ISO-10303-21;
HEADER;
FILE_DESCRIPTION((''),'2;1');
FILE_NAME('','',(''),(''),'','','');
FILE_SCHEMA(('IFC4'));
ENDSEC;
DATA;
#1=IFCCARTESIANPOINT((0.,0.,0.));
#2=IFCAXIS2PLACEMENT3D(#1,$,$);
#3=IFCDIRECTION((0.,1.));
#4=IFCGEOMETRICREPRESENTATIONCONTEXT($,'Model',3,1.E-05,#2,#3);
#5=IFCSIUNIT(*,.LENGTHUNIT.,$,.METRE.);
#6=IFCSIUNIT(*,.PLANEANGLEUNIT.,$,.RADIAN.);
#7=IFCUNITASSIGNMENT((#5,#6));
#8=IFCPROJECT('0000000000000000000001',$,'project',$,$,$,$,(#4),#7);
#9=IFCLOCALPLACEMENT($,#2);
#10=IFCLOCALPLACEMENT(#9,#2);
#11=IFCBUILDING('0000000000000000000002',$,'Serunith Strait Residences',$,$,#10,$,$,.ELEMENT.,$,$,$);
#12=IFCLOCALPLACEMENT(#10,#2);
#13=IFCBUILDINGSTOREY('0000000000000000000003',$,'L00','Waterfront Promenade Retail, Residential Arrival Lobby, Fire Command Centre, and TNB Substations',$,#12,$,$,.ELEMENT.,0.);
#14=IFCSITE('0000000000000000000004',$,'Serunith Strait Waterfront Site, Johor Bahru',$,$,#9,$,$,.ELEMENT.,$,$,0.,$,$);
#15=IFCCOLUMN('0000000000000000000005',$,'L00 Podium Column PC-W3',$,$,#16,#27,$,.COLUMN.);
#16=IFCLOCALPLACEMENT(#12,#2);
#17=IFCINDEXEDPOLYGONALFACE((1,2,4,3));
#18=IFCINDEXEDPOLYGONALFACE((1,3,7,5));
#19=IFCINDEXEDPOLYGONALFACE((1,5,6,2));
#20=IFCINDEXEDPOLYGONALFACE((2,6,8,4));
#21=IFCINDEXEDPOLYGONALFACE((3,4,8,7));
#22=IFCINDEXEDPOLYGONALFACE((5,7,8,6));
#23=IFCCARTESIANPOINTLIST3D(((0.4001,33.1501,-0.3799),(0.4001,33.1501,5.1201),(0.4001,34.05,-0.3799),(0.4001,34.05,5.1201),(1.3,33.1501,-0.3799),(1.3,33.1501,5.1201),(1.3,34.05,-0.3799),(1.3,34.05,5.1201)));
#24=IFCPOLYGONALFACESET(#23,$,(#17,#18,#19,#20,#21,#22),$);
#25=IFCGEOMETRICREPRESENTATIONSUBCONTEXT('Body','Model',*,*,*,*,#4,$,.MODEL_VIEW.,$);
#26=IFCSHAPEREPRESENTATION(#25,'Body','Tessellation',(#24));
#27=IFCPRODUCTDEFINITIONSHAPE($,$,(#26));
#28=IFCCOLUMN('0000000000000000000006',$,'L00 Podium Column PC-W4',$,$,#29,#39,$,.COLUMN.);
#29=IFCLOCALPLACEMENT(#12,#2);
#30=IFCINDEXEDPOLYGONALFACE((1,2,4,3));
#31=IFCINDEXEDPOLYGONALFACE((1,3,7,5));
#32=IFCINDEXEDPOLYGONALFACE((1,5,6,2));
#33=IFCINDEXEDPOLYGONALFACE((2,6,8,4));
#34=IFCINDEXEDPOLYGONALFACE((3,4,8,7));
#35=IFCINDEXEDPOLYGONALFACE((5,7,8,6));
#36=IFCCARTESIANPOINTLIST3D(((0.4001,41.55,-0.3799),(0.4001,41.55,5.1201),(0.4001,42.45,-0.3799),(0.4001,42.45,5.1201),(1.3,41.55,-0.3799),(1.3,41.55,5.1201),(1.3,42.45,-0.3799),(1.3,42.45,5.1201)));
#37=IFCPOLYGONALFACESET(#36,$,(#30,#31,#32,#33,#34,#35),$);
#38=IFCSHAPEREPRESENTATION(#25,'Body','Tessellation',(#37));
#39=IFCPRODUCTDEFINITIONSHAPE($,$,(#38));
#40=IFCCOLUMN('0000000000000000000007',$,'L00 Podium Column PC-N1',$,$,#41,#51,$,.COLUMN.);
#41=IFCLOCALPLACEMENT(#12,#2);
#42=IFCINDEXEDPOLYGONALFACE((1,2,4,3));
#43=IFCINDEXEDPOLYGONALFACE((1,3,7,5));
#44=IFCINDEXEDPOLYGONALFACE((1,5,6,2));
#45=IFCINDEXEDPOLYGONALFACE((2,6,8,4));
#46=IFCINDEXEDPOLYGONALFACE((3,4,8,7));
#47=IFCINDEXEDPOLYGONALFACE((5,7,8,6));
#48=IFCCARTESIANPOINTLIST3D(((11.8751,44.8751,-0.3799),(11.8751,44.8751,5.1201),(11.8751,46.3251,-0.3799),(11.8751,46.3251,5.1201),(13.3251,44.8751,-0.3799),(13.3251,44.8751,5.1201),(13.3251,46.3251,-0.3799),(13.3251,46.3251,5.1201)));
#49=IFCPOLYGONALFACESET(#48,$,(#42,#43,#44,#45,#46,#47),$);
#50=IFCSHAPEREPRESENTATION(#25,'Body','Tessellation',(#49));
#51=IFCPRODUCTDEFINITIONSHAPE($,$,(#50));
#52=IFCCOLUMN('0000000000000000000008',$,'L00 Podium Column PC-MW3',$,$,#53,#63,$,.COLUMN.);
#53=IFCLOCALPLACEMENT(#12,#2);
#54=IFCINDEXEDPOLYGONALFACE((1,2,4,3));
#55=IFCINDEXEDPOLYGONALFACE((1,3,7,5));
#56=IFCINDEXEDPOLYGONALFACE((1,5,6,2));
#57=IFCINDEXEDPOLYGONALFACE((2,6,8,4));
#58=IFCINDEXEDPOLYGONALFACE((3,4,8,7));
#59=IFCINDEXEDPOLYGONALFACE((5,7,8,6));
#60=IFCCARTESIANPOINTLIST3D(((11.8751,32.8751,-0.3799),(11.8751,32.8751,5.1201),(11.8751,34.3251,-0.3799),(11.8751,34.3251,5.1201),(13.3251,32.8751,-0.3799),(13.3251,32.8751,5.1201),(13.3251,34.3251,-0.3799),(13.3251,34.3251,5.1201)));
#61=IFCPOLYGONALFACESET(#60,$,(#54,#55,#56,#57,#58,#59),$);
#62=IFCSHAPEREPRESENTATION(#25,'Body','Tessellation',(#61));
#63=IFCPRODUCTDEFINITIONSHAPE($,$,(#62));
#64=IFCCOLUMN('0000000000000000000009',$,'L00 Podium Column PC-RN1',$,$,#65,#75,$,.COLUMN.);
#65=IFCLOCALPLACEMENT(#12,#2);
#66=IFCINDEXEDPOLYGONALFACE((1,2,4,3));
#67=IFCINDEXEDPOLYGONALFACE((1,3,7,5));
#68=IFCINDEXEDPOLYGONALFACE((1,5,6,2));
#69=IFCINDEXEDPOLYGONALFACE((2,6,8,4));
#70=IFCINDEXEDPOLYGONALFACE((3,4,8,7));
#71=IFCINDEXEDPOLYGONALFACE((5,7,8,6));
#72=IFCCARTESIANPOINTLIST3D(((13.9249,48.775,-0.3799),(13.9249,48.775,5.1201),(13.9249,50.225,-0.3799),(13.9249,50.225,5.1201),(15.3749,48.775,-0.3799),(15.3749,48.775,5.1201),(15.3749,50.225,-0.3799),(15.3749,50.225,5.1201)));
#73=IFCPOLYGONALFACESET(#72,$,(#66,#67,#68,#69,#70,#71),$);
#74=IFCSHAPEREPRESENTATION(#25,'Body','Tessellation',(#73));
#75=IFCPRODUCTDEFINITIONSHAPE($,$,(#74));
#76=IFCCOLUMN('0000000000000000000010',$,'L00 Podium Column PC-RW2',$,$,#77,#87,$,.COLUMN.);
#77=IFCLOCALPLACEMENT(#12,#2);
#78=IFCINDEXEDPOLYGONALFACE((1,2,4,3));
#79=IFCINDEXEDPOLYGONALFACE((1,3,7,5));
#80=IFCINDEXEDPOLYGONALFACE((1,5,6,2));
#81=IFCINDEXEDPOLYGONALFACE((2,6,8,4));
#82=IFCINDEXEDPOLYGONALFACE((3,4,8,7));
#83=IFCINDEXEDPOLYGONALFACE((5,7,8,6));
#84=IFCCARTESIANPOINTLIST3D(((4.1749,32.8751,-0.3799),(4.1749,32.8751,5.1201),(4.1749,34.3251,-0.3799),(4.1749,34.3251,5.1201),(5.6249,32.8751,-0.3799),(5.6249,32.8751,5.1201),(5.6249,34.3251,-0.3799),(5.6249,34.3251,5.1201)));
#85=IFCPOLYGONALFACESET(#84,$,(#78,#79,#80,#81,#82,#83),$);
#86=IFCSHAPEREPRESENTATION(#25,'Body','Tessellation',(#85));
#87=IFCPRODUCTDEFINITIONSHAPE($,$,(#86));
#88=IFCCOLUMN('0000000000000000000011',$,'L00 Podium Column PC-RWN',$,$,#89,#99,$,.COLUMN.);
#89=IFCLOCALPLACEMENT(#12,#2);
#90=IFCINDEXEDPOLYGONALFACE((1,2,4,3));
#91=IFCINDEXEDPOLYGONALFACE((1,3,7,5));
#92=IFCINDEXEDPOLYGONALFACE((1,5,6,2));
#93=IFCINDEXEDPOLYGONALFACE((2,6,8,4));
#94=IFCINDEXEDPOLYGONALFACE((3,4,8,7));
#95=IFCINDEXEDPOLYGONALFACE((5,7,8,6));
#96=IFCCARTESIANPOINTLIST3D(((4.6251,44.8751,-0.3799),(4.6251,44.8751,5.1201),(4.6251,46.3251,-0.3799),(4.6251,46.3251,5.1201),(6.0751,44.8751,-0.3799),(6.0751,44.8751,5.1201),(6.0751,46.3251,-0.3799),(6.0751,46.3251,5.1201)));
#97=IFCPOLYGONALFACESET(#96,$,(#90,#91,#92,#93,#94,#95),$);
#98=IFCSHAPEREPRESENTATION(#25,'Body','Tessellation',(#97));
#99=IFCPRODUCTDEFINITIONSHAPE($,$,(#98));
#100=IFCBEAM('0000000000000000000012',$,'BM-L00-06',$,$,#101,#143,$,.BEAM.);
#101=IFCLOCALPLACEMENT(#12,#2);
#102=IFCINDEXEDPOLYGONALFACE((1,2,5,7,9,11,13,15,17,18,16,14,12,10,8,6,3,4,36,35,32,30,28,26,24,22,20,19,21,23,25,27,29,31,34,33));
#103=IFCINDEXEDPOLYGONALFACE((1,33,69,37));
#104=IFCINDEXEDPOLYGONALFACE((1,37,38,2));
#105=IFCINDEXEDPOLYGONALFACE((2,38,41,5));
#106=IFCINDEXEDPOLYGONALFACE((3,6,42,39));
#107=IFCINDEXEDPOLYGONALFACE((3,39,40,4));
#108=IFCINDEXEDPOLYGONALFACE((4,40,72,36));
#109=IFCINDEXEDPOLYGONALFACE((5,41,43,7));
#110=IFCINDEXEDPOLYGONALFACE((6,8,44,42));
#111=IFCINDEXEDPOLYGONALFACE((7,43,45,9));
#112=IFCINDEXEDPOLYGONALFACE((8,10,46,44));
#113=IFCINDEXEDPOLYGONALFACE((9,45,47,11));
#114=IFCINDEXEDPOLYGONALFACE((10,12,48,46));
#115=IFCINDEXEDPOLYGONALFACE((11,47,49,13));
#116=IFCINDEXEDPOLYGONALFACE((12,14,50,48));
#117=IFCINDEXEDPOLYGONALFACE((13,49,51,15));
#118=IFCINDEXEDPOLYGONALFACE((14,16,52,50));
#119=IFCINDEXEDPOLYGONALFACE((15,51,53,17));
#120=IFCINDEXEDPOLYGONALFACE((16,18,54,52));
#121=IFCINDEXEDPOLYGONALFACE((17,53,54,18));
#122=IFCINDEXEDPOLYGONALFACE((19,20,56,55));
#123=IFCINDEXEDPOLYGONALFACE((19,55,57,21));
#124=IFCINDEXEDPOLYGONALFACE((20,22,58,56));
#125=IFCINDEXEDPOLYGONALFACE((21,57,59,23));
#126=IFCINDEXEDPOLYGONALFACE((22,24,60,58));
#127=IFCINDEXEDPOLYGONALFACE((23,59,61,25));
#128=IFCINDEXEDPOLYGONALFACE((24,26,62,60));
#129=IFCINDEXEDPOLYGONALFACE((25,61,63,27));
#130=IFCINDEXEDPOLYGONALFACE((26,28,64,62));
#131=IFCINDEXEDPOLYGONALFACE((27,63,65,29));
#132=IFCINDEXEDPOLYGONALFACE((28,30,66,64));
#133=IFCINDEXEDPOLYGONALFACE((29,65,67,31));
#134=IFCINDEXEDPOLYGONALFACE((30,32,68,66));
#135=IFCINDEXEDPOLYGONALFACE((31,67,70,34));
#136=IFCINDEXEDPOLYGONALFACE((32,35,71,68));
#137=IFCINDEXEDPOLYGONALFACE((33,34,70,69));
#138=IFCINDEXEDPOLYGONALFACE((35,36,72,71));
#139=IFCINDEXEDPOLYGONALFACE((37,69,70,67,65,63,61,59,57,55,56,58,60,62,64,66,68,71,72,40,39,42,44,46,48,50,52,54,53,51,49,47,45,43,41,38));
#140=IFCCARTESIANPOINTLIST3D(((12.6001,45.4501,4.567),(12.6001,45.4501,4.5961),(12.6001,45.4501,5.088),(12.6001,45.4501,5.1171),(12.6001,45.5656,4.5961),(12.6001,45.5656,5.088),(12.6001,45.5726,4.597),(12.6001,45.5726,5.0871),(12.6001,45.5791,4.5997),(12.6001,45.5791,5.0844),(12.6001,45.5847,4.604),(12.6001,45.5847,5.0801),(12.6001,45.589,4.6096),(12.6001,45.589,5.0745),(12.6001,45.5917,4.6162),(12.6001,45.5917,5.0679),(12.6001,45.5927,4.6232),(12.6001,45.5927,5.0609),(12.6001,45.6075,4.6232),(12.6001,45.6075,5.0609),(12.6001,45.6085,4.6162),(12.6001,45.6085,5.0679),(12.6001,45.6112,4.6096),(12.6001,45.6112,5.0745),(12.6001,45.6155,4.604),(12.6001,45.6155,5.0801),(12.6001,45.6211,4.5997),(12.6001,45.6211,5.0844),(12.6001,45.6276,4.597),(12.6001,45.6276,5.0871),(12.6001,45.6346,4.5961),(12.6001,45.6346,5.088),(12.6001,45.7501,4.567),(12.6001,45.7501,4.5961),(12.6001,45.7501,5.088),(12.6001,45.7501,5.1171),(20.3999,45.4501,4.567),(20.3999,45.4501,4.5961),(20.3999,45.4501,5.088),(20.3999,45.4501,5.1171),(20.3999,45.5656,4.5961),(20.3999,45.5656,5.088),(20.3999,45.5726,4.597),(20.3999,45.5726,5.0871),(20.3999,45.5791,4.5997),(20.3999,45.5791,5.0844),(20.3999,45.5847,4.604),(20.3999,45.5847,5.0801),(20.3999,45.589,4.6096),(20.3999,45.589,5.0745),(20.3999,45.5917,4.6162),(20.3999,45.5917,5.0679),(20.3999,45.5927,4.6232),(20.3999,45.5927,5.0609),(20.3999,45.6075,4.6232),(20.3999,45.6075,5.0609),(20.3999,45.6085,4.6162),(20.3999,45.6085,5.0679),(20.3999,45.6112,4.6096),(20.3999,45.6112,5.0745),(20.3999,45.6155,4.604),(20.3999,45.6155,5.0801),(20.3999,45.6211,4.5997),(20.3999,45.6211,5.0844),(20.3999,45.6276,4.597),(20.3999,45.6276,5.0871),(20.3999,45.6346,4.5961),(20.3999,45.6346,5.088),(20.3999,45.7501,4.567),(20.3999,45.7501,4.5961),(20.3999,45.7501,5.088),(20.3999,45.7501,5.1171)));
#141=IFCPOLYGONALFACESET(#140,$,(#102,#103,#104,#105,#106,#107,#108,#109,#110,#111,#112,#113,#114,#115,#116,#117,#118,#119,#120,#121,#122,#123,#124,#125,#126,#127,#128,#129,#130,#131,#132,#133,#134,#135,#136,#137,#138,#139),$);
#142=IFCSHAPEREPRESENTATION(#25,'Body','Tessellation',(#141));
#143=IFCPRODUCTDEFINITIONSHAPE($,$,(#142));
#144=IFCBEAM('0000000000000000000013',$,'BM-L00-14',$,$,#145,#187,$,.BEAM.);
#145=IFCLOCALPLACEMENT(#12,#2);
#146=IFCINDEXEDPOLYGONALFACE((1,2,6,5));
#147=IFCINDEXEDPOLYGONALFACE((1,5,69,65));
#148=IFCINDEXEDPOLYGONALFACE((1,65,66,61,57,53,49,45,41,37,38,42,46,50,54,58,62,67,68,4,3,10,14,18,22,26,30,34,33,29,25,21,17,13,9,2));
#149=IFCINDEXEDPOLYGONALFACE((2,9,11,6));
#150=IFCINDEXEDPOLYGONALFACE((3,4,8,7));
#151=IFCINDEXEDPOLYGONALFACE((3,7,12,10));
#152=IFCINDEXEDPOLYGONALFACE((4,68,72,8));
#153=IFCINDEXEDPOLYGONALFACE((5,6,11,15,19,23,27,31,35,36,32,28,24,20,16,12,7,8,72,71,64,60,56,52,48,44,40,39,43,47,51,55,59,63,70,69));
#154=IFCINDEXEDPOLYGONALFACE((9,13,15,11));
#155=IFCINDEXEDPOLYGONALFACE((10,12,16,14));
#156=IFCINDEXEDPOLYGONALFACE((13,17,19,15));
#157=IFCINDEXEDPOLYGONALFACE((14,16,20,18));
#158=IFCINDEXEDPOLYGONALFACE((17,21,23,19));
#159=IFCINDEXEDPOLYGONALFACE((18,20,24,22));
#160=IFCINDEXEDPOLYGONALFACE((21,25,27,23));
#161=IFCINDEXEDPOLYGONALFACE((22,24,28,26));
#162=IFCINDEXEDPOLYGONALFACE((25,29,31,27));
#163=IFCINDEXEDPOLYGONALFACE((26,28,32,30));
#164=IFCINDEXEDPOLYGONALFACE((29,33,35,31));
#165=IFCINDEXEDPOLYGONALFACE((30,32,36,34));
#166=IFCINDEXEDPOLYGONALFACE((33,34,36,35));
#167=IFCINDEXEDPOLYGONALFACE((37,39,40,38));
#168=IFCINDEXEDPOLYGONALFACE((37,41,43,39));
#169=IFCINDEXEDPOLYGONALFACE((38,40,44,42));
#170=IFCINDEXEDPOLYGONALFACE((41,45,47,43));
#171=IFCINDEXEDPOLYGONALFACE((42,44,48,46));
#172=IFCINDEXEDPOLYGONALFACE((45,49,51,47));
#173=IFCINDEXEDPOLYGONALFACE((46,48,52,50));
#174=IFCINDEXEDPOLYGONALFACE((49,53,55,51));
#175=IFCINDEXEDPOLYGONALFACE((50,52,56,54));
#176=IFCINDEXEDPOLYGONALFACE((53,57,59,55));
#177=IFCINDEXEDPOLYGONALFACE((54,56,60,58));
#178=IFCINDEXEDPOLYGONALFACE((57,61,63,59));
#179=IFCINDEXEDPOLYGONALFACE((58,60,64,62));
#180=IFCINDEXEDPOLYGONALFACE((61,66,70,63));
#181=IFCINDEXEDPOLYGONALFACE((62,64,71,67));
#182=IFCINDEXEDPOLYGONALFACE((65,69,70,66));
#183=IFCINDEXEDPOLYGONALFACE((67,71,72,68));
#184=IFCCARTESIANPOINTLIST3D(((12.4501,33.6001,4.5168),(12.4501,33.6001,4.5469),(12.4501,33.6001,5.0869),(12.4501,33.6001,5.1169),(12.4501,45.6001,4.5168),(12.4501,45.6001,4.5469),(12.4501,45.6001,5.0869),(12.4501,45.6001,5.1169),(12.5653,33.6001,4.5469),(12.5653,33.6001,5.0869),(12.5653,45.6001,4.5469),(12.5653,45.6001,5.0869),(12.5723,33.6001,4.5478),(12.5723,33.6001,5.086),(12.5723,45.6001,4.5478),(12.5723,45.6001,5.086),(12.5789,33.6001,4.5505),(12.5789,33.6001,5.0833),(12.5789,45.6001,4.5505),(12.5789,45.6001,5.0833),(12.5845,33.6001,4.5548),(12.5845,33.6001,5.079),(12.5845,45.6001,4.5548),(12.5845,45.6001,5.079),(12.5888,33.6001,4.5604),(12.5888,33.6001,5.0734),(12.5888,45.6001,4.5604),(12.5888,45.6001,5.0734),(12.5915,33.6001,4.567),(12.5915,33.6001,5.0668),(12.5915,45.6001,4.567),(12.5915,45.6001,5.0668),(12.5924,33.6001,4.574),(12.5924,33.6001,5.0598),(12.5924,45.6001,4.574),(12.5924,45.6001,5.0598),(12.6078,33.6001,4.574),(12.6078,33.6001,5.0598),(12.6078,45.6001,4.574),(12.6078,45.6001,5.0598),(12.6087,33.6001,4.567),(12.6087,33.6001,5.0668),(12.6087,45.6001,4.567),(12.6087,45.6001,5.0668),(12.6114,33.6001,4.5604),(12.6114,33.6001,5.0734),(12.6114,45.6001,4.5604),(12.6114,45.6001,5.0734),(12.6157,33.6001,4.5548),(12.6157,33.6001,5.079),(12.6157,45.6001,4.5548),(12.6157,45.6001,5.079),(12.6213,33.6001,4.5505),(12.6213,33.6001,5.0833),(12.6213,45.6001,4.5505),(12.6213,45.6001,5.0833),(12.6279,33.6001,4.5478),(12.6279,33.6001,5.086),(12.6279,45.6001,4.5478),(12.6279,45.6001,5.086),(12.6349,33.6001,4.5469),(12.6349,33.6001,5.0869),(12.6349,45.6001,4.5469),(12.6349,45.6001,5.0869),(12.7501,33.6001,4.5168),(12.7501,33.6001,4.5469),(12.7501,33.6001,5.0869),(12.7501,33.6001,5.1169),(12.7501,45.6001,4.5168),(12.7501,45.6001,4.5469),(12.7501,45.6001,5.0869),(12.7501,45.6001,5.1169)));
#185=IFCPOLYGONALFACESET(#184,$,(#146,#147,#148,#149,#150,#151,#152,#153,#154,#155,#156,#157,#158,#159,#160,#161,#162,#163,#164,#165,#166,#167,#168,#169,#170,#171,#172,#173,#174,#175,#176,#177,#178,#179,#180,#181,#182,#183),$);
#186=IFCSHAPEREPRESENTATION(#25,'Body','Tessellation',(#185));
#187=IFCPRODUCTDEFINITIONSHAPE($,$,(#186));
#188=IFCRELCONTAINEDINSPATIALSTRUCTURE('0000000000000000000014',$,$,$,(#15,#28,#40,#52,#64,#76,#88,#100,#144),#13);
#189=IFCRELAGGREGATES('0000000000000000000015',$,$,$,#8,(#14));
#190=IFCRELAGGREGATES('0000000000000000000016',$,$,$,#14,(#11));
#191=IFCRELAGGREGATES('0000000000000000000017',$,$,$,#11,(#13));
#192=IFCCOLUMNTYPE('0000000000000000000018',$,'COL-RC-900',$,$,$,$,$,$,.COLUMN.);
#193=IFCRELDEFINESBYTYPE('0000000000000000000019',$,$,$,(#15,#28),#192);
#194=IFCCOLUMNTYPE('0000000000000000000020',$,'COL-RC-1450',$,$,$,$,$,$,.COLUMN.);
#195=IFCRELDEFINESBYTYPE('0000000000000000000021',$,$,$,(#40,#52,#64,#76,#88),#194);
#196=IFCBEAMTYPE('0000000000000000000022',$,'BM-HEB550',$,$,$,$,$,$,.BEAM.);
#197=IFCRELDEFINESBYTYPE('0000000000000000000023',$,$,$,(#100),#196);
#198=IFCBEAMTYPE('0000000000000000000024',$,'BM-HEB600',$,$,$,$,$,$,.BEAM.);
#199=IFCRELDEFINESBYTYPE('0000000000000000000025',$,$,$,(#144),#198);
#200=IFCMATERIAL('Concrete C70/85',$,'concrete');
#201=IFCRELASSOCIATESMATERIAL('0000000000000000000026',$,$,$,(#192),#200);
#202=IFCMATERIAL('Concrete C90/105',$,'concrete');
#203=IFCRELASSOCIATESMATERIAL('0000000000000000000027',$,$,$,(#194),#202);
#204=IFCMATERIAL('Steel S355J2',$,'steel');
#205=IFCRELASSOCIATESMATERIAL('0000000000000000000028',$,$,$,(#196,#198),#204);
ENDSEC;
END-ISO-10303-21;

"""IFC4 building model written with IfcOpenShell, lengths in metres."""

from ifc_helpers import new_model, si_unit, direction, frame, origin, origin_2d, place, context, subcontext, project, spatial, rectangle, i_section, extrude, source, transform, mapped, material, material_profile, profile_set, type_object, element, save


model = new_model("IFC4")

# Units and contexts
model_context = context("Model", 3, precision=1e-05, world=origin(), true_north=direction((0.0, 1.0)))
body_context = subcontext(model_context, "Body", "Model", "MODEL_VIEW")
ifc_project = project(units=[si_unit("LENGTHUNIT", "METRE"), si_unit("PLANEANGLEUNIT", "RADIAN")], contexts=[model_context])

# Site, building, storey
site_placement = place(None, origin())
site = spatial("IfcSite", under=ifc_project, at=site_placement, Name="Serunith Strait Waterfront Site, Johor Bahru", CompositionType="ELEMENT", RefElevation=0.0)
building_placement = place(site_placement, origin())
building = spatial("IfcBuilding", under=site, at=building_placement, Name="Serunith Strait Residences", CompositionType="ELEMENT")
storey_placement = place(building_placement, origin())
storey = spatial("IfcBuildingStorey", under=building, at=storey_placement, Name="L00", Description="Waterfront Promenade Retail, Residential Arrival Lobby, Fire Command Centre, and TNB Substations", CompositionType="ELEMENT", Elevation=0.0)

# Columns
ifc_material_1 = material(Name="Concrete C70/85", Category="concrete")
ifc_material_profile_1 = material_profile(ifc_material_1, rectangle(XDim=0.8999, YDim=0.8999, at=origin_2d()), Name="RC 900x900")
ifc_profile_set_1 = profile_set([ifc_material_profile_1], Name="Concrete C70/85")
column_type_1 = type_object("IfcColumnType", Name="COL-RC-900", PredefinedType="COLUMN", material=ifc_profile_set_1)
shared_shape_1 = source(origin(), body_context, "Body", "SweptSolid", [
    extrude(rectangle(XDim=0.8999, YDim=0.8999, at=origin_2d()), origin(), (0.0, 0.0, 1.0), 5.5),
])
for number, where, z_axis, x_axis, name in (
    (1, (0.8501, 33.6001, -0.3799), (0.0, 0.0, 1.0), (1.0, 0.0, 0.0), "L00 Podium Column PC-W3"),
    (2, (0.8501, 42.0, -0.3799), (0.0, 0.0, 1.0), (1.0, 0.0, 0.0), "L00 Podium Column PC-W4"),
):
    element("IfcColumn", number, at=place(storey_placement, frame(where, z_axis=z_axis, x_axis=x_axis)), inside=storey, type_object=column_type_1, Name=name, PredefinedType="COLUMN", context=body_context, shape_type="MappedRepresentation", body=[
        mapped(shared_shape_1, transform((0.0, 0.0, 0.0), scale=1.0)),
    ])
ifc_material_2 = material(Name="Concrete C90/105", Category="concrete")
ifc_material_profile_2 = material_profile(ifc_material_2, rectangle(XDim=1.45, YDim=1.45, at=origin_2d()), Name="RC 1450x1450")
ifc_profile_set_2 = profile_set([ifc_material_profile_2], Name="Concrete C90/105")
column_type_2 = type_object("IfcColumnType", Name="COL-RC-1450", PredefinedType="COLUMN", material=ifc_profile_set_2)
shared_shape_2 = source(origin(), body_context, "Body", "SweptSolid", [
    extrude(rectangle(XDim=1.45, YDim=1.45, at=origin_2d()), origin(), (0.0, 0.0, 1.0), 5.5),
])
for number, where, z_axis, x_axis, name in (
    (3, (12.6001, 45.6001, -0.3799), (0.0, 0.0, 1.0), (1.0, 0.0, 0.0), "L00 Podium Column PC-N1"),
    (4, (12.6001, 33.6001, -0.3799), (0.0, 0.0, 1.0), (1.0, 0.0, 0.0), "L00 Podium Column PC-MW3"),
    (5, (14.6499, 49.5, -0.3799), (0.0, 0.0, 1.0), (1.0, 0.0, 0.0), "L00 Podium Column PC-RN1"),
    (6, (4.8999, 33.6001, -0.3799), (0.0, 0.0, 1.0), (1.0, 0.0, 0.0), "L00 Podium Column PC-RW2"),
    (7, (5.3501, 45.6001, -0.3799), (0.0, 0.0, 1.0), (1.0, 0.0, 0.0), "L00 Podium Column PC-RWN"),
):
    element("IfcColumn", number, at=place(storey_placement, frame(where, z_axis=z_axis, x_axis=x_axis)), inside=storey, type_object=column_type_2, Name=name, PredefinedType="COLUMN", context=body_context, shape_type="MappedRepresentation", body=[
        mapped(shared_shape_2, transform((0.0, 0.0, 0.0), scale=1.0)),
    ])

# Beams
ifc_material_3 = material(Name="Steel S355J2", Category="steel")
ifc_material_profile_3 = material_profile(ifc_material_3, i_section(OverallWidth=0.3, OverallDepth=0.55, WebThickness=0.0149, FlangeThickness=0.0291, FilletRadius=0.0271, at=origin_2d()), Name="HEB 550")
ifc_profile_set_3 = profile_set([ifc_material_profile_3], Name="Steel S355J2")
beam_type_1 = type_object("IfcBeamType", Name="BM-HEB550", PredefinedType="BEAM", material=ifc_profile_set_3)
shared_shape_3 = source(origin(), body_context, "Body", "SweptSolid", [
    extrude(i_section(OverallWidth=0.3, OverallDepth=0.55, WebThickness=0.0149, FlangeThickness=0.0291, FilletRadius=0.0271, at=origin_2d()), origin(), (0.0, 0.0, 1.0), 7.7998),
])
beam_1_placement = place(storey_placement, frame((12.6001, 45.6001, 4.842), z_axis=(1.0, 0.0, 0.0), x_axis=(0.0, 1.0, 0.0)))
element("IfcBeam", 8, at=beam_1_placement, inside=storey, type_object=beam_type_1, Name="BM-L00-06", PredefinedType="BEAM", context=body_context, shape_type="MappedRepresentation", body=[
    mapped(shared_shape_3, transform((0.0, 0.0, 0.0), scale=1.0)),
])
ifc_material_profile_4 = material_profile(ifc_material_3, i_section(OverallWidth=0.3, OverallDepth=0.6001, WebThickness=0.0154, FlangeThickness=0.03, FilletRadius=0.0271, at=origin_2d()), Name="HEB 600")
ifc_profile_set_4 = profile_set([ifc_material_profile_4], Name="Steel S355J2")
beam_type_2 = type_object("IfcBeamType", Name="BM-HEB600", PredefinedType="BEAM", material=ifc_profile_set_4)
shared_shape_4 = source(origin(), body_context, "Body", "SweptSolid", [
    extrude(i_section(OverallWidth=0.3, OverallDepth=0.6001, WebThickness=0.0154, FlangeThickness=0.03, FilletRadius=0.0271, at=origin_2d()), origin(), (0.0, 0.0, 1.0), 12.0),
])
beam_2_placement = place(storey_placement, frame((12.6001, 33.6001, 4.8169), z_axis=(0.0, 1.0, 0.0), x_axis=(-1.0, 0.0, 0.0)))
element("IfcBeam", 9, at=beam_2_placement, inside=storey, type_object=beam_type_2, Name="BM-L00-14", PredefinedType="BEAM", context=body_context, shape_type="MappedRepresentation", body=[
    mapped(shared_shape_4, transform((0.0, 0.0, 0.0), scale=1.0)),
])

save(model, "model.ifc")
